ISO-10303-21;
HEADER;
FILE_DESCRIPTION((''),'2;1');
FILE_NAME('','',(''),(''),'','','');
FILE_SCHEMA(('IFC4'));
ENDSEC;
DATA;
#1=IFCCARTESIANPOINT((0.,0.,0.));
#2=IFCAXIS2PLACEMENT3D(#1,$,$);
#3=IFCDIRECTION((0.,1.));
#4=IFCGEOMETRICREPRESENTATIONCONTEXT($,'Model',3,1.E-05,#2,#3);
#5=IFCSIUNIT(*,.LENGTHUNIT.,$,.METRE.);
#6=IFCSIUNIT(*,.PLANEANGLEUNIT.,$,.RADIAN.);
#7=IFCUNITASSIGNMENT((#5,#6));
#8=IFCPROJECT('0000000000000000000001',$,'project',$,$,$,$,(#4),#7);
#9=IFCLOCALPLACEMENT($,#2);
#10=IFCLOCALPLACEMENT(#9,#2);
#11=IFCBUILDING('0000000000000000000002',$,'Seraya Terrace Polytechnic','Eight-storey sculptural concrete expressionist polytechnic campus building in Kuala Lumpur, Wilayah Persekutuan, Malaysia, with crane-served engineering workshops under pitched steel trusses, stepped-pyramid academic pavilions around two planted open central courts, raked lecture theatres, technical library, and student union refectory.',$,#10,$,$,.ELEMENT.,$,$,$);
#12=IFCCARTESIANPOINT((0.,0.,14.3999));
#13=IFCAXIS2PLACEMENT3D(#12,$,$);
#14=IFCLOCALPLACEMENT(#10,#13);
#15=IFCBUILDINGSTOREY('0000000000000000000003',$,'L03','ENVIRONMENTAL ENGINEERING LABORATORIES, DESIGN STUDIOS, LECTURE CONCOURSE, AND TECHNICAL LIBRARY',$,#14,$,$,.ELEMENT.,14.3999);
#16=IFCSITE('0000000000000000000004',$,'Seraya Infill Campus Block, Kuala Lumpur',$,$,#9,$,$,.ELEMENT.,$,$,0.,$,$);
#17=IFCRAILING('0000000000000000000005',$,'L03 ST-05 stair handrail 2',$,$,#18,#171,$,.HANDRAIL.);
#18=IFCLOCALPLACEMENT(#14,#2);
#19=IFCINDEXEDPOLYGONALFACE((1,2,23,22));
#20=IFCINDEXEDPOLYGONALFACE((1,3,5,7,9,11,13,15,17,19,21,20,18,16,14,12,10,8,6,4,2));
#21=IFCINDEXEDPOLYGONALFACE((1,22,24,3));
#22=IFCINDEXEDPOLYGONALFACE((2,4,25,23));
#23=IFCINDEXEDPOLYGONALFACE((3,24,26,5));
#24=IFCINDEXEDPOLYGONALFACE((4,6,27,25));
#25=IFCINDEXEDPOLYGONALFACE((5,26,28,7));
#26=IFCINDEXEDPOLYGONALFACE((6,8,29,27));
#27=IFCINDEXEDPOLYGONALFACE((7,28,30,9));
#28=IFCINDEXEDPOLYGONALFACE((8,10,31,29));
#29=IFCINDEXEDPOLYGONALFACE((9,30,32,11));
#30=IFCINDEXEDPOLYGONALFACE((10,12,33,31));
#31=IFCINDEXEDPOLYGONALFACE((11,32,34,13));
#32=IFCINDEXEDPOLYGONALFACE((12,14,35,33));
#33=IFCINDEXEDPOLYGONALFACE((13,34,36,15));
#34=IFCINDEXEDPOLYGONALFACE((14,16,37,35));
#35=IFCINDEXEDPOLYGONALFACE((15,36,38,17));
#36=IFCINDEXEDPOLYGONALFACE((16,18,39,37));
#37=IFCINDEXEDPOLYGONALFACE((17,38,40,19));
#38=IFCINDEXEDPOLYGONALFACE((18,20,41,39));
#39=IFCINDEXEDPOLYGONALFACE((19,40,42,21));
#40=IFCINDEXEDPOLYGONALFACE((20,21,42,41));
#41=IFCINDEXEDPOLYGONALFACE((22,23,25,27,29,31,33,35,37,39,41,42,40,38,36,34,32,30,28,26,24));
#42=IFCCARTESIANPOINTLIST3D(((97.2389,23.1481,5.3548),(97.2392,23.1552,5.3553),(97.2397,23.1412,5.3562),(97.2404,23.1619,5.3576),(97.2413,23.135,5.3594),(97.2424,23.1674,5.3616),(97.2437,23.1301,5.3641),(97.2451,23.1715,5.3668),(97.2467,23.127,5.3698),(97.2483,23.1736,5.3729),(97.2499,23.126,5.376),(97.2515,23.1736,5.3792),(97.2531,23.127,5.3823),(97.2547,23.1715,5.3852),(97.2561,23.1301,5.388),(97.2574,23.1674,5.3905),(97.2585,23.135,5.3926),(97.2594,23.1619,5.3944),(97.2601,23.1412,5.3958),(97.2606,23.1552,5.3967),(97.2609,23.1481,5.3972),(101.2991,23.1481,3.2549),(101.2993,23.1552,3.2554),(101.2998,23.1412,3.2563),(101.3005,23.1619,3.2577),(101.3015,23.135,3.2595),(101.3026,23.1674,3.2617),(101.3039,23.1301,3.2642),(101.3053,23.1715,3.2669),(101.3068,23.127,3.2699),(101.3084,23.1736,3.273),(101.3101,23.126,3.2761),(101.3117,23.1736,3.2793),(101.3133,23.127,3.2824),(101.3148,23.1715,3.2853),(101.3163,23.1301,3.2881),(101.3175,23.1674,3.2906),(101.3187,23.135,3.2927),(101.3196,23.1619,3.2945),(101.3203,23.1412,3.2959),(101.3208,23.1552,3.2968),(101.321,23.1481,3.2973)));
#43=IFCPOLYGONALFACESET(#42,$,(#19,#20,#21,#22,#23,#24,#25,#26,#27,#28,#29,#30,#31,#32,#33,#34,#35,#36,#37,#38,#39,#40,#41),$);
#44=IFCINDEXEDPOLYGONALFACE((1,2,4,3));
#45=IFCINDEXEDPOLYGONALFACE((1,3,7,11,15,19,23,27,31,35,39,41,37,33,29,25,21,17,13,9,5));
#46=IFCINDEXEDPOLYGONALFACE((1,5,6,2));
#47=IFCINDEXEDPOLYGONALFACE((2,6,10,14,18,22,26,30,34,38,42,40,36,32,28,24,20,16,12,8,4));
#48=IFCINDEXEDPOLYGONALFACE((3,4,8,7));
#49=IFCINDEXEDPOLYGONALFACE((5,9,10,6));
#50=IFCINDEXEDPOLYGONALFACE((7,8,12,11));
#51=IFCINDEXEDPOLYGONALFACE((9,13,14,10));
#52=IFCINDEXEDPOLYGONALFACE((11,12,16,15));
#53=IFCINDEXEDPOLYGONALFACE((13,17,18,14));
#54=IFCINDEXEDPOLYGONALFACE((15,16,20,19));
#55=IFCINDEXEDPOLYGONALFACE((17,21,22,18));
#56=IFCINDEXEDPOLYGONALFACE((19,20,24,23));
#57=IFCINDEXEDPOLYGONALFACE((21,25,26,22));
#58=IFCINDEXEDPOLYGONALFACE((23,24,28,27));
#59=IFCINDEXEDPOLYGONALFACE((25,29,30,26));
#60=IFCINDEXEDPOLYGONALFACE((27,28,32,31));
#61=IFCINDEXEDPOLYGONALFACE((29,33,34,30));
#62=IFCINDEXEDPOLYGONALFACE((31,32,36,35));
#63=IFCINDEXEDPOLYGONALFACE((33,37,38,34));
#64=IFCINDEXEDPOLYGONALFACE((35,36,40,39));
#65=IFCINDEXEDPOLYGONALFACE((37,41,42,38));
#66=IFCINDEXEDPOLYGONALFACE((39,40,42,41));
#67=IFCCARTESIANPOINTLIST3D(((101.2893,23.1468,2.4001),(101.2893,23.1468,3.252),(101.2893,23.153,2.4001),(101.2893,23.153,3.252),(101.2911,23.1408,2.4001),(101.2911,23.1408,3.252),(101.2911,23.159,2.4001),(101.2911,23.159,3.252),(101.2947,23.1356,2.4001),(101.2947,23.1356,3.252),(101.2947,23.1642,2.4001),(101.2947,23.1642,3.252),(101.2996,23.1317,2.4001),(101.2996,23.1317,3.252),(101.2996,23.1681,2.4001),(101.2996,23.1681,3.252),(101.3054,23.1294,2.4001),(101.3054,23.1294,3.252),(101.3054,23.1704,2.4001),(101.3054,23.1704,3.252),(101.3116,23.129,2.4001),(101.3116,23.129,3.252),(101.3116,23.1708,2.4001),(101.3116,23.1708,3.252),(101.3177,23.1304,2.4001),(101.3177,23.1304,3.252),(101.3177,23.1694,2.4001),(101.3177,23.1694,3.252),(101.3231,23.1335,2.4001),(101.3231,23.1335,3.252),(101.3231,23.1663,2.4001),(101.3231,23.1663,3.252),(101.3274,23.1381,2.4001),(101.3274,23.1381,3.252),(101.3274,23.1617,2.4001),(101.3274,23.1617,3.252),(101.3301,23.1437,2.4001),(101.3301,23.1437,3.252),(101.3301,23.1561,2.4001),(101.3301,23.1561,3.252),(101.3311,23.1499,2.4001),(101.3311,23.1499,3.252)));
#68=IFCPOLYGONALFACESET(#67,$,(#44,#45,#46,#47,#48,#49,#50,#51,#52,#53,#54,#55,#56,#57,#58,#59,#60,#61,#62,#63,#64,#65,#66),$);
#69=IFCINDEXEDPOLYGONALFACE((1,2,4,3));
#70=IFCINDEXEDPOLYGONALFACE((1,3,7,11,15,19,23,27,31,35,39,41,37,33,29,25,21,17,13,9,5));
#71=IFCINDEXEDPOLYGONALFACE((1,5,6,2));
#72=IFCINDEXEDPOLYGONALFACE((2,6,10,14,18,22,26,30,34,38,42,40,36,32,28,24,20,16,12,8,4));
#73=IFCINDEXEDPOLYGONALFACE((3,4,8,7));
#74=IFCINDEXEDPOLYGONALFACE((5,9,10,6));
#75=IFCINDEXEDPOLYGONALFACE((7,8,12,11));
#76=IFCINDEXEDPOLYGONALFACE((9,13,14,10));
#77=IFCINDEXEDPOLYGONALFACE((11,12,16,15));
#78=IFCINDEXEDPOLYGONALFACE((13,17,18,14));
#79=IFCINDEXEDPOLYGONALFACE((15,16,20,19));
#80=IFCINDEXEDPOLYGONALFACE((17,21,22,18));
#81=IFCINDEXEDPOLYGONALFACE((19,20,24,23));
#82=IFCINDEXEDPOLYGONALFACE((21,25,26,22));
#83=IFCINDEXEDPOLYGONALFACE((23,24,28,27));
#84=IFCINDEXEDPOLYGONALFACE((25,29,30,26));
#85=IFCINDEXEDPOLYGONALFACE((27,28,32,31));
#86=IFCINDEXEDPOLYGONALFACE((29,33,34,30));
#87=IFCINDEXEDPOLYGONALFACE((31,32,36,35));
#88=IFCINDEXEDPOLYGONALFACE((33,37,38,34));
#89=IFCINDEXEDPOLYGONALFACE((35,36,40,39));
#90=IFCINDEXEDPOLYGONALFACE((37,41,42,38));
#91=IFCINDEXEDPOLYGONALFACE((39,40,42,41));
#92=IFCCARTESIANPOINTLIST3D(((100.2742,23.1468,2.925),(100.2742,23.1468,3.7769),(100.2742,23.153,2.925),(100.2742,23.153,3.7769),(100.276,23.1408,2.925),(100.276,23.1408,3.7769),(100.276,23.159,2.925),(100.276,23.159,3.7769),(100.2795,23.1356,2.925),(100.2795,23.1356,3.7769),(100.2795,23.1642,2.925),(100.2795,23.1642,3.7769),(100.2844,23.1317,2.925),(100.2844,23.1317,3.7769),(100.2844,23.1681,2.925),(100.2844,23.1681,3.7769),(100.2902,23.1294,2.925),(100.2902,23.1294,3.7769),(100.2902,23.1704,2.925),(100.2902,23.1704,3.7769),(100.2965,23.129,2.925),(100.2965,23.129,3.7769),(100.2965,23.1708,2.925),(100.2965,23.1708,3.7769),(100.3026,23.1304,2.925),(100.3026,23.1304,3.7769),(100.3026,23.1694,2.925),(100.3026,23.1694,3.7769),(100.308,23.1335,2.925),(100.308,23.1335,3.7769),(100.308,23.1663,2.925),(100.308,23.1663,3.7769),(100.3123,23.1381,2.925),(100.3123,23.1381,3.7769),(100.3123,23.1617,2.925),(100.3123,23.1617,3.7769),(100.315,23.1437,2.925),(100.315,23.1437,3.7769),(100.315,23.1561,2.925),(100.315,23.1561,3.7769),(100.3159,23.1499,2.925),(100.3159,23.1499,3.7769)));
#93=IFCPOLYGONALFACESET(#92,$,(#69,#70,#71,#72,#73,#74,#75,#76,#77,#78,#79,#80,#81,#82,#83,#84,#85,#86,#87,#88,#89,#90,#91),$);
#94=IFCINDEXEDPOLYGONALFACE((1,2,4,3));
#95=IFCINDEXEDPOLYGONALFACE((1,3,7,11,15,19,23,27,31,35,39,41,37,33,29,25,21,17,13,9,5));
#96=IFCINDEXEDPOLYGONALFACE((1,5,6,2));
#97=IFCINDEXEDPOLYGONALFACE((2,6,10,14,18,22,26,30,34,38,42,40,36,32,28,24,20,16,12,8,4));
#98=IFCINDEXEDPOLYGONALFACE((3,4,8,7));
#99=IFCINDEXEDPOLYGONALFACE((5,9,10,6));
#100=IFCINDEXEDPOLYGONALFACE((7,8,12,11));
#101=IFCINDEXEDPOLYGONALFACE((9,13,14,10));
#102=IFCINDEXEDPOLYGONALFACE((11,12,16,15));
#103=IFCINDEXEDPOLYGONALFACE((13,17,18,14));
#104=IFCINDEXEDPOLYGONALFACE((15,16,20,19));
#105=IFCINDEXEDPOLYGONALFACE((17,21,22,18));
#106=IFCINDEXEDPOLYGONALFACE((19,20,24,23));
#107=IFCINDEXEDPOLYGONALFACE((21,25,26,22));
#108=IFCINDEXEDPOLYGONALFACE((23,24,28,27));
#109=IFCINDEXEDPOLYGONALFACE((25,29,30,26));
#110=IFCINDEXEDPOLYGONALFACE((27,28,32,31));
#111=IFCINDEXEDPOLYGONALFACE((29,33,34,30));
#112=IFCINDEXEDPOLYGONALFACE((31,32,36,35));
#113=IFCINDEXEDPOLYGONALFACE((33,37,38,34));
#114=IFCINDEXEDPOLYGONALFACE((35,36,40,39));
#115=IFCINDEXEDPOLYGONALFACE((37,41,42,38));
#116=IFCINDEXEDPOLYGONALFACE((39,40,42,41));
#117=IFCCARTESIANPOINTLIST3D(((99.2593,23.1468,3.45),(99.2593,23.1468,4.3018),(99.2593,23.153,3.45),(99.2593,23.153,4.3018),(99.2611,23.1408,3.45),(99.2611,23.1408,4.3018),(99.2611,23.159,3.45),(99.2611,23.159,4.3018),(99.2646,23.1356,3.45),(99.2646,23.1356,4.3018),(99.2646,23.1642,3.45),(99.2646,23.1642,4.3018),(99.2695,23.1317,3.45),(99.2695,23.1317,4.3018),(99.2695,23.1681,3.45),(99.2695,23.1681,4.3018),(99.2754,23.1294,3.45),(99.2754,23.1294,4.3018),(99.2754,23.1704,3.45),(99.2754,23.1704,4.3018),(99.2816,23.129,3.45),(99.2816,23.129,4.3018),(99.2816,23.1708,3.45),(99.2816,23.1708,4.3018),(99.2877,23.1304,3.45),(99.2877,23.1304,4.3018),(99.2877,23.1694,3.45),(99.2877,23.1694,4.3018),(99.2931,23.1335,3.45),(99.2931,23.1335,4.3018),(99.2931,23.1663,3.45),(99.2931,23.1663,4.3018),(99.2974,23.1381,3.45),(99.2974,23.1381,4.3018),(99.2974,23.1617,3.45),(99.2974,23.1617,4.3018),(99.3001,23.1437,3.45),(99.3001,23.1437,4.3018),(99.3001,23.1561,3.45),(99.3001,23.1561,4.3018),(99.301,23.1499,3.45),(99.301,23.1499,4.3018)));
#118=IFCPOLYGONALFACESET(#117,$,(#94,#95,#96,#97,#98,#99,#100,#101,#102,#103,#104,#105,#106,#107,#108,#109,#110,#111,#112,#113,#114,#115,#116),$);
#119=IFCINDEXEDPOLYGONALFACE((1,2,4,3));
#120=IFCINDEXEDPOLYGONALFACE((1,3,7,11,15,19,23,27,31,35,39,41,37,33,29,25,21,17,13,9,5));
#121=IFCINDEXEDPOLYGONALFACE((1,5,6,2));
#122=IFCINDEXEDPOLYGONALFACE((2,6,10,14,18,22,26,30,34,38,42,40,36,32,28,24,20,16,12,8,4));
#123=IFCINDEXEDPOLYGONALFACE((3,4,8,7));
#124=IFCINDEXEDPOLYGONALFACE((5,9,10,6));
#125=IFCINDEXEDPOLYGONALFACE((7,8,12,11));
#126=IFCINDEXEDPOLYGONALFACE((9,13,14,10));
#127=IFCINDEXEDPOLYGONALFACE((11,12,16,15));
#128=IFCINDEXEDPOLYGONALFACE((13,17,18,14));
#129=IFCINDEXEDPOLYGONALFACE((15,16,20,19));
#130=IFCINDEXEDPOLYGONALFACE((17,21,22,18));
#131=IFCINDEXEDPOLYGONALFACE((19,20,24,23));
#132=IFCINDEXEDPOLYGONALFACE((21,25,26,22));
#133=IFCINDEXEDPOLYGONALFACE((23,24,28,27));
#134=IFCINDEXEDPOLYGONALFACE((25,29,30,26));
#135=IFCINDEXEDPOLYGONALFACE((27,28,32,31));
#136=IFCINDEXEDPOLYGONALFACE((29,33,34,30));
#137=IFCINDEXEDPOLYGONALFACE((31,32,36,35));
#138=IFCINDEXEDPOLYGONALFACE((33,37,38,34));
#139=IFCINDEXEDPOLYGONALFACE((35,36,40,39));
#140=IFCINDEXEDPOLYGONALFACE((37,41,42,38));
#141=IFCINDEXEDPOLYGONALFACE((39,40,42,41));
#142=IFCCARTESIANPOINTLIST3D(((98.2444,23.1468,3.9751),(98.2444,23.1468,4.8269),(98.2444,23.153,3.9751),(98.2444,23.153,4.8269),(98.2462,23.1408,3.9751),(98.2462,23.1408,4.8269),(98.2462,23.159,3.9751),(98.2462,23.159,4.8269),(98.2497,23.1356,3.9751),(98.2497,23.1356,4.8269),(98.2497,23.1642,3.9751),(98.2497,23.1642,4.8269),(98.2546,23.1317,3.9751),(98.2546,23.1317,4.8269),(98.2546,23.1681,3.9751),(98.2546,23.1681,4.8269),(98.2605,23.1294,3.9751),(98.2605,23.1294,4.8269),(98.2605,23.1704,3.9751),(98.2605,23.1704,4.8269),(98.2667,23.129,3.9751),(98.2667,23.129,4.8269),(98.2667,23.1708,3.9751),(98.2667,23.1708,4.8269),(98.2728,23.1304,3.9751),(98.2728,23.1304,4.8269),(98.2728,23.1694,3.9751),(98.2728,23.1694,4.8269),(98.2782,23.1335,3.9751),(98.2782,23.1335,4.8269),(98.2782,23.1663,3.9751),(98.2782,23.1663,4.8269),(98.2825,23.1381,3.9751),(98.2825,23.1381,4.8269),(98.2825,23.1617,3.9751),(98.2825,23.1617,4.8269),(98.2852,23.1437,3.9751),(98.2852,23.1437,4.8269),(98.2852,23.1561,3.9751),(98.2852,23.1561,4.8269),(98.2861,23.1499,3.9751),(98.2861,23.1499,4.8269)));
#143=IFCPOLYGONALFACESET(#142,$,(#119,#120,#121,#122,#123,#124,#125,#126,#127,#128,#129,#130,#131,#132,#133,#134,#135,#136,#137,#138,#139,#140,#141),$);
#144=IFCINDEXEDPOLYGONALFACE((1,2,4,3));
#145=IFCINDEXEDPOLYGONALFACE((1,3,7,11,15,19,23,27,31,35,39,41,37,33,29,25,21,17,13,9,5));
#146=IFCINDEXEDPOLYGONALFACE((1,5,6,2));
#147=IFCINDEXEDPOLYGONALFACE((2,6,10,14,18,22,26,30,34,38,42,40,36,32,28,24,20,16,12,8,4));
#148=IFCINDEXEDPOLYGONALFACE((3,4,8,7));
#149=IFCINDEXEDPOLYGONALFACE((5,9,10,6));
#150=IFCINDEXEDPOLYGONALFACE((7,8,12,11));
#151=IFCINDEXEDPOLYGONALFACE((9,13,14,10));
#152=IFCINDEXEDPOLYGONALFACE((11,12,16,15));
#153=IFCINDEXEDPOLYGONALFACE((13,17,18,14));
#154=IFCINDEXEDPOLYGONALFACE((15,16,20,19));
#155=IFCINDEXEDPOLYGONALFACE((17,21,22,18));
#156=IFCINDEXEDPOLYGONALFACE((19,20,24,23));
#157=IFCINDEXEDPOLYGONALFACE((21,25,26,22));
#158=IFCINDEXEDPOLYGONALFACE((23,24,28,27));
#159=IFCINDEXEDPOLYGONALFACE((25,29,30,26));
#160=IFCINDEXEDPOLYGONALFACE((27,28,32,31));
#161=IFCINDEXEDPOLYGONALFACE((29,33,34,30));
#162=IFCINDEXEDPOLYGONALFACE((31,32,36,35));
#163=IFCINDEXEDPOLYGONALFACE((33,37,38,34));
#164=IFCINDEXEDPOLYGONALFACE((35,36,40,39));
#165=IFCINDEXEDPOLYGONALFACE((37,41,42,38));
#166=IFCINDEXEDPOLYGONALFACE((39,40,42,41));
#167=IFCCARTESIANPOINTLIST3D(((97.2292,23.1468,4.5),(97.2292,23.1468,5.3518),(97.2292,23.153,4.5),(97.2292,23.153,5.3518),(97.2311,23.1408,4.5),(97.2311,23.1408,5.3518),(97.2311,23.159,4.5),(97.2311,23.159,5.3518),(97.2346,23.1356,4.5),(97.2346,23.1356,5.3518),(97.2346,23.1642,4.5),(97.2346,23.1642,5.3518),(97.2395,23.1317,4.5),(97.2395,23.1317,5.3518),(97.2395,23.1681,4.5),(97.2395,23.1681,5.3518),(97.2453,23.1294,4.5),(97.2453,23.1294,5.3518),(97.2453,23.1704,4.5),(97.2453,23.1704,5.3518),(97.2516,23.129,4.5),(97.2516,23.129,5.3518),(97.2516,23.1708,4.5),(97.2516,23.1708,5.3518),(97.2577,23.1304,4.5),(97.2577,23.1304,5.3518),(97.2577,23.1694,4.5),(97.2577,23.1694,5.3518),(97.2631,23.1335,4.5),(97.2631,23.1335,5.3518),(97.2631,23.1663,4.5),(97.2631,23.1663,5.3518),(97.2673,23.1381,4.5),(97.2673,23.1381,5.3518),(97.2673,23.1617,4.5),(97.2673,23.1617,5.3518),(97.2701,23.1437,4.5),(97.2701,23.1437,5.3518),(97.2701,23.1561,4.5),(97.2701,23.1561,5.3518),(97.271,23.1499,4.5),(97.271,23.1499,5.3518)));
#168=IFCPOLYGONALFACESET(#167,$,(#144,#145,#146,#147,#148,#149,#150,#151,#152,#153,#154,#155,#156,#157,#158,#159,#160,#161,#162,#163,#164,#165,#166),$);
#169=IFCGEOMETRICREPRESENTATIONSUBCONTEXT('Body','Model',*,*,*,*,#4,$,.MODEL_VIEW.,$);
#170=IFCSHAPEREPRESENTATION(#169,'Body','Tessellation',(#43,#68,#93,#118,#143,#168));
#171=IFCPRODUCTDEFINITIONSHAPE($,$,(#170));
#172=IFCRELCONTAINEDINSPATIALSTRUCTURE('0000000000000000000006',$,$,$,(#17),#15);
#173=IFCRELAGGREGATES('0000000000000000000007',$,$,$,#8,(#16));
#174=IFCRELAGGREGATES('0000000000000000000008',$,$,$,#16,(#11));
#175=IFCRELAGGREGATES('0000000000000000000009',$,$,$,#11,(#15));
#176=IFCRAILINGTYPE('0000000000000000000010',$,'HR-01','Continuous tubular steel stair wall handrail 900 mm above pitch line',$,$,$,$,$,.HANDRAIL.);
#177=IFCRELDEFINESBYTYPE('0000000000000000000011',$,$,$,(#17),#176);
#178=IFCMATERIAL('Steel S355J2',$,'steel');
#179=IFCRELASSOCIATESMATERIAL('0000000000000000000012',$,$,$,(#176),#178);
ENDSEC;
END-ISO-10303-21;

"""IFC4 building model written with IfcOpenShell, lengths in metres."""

from ifc_helpers import new_model, si_unit, direction, frame, origin, origin_2d, place, context, subcontext, project, spatial, circle, extrude, material, type_object, element, save


model = new_model("IFC4")

# Units and contexts
model_context = context("Model", 3, precision=1e-05, world=origin(), true_north=direction((0.0, 1.0)))
body_context = subcontext(model_context, "Body", "Model", "MODEL_VIEW")
ifc_project = project(units=[si_unit("LENGTHUNIT", "METRE"), si_unit("PLANEANGLEUNIT", "RADIAN")], contexts=[model_context])

# Site, building, storey
site_placement = place(None, origin())
site = spatial("IfcSite", under=ifc_project, at=site_placement, Name="Seraya Infill Campus Block, Kuala Lumpur", CompositionType="ELEMENT", RefElevation=0.0)
building_placement = place(site_placement, origin())
building = spatial("IfcBuilding", under=site, at=building_placement, Name="Seraya Terrace Polytechnic", Description="Eight-storey sculptural concrete expressionist polytechnic campus building in Kuala Lumpur, Wilayah Persekutuan, Malaysia, with crane-served engineering workshops under pitched steel trusses, stepped-pyramid academic pavilions around two planted open central courts, raked lecture theatres, technical library, and student union refectory.", CompositionType="ELEMENT")
storey_placement = place(building_placement, frame((0.0, 0.0, 14.3999)))
storey = spatial("IfcBuildingStorey", under=building, at=storey_placement, Name="L03", Description="ENVIRONMENTAL ENGINEERING LABORATORIES, DESIGN STUDIOS, LECTURE CONCOURSE, AND TECHNICAL LIBRARY", CompositionType="ELEMENT", Elevation=14.3999)

# Railing
ifc_material_1 = material(Name="Steel S355J2", Category="steel")
railing_type_1 = type_object("IfcRailingType", Name="HR-01", Description="Continuous tubular steel stair wall handrail 900 mm above pitch line", PredefinedType="HANDRAIL", material=ifc_material_1)
railing_1_placement = place(storey_placement, frame((101.3101, 23.1499, 2.4001)))
element("IfcRailing", 1, at=railing_1_placement, inside=storey, type_object=railing_type_1, Name="L03 ST-05 stair handrail 2", PredefinedType="HANDRAIL", context=body_context, shape_type="SweptSolid", body=[
    extrude(circle(Radius=0.0239, at=origin_2d()), frame((0.0, 0.0, 0.876), z_axis=(-0.888233, 0.0, 0.459392), x_axis=(0.0, -1.0, 0.0)), (0.0, 0.0, 1.0), 4.571),
    extrude(circle(Radius=0.021, at=origin_2d()), origin(), (0.0, 0.0, 1.0), 0.8518),
    extrude(circle(Radius=0.021, at=origin_2d()), frame((-1.0151, 0.0, 0.5249)), (0.0, 0.0, 1.0), 0.8518),
    extrude(circle(Radius=0.021, at=origin_2d()), frame((-2.03, 0.0, 1.0498)), (0.0, 0.0, 1.0), 0.8518),
    extrude(circle(Radius=0.021, at=origin_2d()), frame((-3.0449, 0.0, 1.575)), (0.0, 0.0, 1.0), 0.8518),
    extrude(circle(Radius=0.021, at=origin_2d()), frame((-4.0601, 0.0, 2.0999)), (0.0, 0.0, 1.0), 0.8518),
])

save(model, "model.ifc")
